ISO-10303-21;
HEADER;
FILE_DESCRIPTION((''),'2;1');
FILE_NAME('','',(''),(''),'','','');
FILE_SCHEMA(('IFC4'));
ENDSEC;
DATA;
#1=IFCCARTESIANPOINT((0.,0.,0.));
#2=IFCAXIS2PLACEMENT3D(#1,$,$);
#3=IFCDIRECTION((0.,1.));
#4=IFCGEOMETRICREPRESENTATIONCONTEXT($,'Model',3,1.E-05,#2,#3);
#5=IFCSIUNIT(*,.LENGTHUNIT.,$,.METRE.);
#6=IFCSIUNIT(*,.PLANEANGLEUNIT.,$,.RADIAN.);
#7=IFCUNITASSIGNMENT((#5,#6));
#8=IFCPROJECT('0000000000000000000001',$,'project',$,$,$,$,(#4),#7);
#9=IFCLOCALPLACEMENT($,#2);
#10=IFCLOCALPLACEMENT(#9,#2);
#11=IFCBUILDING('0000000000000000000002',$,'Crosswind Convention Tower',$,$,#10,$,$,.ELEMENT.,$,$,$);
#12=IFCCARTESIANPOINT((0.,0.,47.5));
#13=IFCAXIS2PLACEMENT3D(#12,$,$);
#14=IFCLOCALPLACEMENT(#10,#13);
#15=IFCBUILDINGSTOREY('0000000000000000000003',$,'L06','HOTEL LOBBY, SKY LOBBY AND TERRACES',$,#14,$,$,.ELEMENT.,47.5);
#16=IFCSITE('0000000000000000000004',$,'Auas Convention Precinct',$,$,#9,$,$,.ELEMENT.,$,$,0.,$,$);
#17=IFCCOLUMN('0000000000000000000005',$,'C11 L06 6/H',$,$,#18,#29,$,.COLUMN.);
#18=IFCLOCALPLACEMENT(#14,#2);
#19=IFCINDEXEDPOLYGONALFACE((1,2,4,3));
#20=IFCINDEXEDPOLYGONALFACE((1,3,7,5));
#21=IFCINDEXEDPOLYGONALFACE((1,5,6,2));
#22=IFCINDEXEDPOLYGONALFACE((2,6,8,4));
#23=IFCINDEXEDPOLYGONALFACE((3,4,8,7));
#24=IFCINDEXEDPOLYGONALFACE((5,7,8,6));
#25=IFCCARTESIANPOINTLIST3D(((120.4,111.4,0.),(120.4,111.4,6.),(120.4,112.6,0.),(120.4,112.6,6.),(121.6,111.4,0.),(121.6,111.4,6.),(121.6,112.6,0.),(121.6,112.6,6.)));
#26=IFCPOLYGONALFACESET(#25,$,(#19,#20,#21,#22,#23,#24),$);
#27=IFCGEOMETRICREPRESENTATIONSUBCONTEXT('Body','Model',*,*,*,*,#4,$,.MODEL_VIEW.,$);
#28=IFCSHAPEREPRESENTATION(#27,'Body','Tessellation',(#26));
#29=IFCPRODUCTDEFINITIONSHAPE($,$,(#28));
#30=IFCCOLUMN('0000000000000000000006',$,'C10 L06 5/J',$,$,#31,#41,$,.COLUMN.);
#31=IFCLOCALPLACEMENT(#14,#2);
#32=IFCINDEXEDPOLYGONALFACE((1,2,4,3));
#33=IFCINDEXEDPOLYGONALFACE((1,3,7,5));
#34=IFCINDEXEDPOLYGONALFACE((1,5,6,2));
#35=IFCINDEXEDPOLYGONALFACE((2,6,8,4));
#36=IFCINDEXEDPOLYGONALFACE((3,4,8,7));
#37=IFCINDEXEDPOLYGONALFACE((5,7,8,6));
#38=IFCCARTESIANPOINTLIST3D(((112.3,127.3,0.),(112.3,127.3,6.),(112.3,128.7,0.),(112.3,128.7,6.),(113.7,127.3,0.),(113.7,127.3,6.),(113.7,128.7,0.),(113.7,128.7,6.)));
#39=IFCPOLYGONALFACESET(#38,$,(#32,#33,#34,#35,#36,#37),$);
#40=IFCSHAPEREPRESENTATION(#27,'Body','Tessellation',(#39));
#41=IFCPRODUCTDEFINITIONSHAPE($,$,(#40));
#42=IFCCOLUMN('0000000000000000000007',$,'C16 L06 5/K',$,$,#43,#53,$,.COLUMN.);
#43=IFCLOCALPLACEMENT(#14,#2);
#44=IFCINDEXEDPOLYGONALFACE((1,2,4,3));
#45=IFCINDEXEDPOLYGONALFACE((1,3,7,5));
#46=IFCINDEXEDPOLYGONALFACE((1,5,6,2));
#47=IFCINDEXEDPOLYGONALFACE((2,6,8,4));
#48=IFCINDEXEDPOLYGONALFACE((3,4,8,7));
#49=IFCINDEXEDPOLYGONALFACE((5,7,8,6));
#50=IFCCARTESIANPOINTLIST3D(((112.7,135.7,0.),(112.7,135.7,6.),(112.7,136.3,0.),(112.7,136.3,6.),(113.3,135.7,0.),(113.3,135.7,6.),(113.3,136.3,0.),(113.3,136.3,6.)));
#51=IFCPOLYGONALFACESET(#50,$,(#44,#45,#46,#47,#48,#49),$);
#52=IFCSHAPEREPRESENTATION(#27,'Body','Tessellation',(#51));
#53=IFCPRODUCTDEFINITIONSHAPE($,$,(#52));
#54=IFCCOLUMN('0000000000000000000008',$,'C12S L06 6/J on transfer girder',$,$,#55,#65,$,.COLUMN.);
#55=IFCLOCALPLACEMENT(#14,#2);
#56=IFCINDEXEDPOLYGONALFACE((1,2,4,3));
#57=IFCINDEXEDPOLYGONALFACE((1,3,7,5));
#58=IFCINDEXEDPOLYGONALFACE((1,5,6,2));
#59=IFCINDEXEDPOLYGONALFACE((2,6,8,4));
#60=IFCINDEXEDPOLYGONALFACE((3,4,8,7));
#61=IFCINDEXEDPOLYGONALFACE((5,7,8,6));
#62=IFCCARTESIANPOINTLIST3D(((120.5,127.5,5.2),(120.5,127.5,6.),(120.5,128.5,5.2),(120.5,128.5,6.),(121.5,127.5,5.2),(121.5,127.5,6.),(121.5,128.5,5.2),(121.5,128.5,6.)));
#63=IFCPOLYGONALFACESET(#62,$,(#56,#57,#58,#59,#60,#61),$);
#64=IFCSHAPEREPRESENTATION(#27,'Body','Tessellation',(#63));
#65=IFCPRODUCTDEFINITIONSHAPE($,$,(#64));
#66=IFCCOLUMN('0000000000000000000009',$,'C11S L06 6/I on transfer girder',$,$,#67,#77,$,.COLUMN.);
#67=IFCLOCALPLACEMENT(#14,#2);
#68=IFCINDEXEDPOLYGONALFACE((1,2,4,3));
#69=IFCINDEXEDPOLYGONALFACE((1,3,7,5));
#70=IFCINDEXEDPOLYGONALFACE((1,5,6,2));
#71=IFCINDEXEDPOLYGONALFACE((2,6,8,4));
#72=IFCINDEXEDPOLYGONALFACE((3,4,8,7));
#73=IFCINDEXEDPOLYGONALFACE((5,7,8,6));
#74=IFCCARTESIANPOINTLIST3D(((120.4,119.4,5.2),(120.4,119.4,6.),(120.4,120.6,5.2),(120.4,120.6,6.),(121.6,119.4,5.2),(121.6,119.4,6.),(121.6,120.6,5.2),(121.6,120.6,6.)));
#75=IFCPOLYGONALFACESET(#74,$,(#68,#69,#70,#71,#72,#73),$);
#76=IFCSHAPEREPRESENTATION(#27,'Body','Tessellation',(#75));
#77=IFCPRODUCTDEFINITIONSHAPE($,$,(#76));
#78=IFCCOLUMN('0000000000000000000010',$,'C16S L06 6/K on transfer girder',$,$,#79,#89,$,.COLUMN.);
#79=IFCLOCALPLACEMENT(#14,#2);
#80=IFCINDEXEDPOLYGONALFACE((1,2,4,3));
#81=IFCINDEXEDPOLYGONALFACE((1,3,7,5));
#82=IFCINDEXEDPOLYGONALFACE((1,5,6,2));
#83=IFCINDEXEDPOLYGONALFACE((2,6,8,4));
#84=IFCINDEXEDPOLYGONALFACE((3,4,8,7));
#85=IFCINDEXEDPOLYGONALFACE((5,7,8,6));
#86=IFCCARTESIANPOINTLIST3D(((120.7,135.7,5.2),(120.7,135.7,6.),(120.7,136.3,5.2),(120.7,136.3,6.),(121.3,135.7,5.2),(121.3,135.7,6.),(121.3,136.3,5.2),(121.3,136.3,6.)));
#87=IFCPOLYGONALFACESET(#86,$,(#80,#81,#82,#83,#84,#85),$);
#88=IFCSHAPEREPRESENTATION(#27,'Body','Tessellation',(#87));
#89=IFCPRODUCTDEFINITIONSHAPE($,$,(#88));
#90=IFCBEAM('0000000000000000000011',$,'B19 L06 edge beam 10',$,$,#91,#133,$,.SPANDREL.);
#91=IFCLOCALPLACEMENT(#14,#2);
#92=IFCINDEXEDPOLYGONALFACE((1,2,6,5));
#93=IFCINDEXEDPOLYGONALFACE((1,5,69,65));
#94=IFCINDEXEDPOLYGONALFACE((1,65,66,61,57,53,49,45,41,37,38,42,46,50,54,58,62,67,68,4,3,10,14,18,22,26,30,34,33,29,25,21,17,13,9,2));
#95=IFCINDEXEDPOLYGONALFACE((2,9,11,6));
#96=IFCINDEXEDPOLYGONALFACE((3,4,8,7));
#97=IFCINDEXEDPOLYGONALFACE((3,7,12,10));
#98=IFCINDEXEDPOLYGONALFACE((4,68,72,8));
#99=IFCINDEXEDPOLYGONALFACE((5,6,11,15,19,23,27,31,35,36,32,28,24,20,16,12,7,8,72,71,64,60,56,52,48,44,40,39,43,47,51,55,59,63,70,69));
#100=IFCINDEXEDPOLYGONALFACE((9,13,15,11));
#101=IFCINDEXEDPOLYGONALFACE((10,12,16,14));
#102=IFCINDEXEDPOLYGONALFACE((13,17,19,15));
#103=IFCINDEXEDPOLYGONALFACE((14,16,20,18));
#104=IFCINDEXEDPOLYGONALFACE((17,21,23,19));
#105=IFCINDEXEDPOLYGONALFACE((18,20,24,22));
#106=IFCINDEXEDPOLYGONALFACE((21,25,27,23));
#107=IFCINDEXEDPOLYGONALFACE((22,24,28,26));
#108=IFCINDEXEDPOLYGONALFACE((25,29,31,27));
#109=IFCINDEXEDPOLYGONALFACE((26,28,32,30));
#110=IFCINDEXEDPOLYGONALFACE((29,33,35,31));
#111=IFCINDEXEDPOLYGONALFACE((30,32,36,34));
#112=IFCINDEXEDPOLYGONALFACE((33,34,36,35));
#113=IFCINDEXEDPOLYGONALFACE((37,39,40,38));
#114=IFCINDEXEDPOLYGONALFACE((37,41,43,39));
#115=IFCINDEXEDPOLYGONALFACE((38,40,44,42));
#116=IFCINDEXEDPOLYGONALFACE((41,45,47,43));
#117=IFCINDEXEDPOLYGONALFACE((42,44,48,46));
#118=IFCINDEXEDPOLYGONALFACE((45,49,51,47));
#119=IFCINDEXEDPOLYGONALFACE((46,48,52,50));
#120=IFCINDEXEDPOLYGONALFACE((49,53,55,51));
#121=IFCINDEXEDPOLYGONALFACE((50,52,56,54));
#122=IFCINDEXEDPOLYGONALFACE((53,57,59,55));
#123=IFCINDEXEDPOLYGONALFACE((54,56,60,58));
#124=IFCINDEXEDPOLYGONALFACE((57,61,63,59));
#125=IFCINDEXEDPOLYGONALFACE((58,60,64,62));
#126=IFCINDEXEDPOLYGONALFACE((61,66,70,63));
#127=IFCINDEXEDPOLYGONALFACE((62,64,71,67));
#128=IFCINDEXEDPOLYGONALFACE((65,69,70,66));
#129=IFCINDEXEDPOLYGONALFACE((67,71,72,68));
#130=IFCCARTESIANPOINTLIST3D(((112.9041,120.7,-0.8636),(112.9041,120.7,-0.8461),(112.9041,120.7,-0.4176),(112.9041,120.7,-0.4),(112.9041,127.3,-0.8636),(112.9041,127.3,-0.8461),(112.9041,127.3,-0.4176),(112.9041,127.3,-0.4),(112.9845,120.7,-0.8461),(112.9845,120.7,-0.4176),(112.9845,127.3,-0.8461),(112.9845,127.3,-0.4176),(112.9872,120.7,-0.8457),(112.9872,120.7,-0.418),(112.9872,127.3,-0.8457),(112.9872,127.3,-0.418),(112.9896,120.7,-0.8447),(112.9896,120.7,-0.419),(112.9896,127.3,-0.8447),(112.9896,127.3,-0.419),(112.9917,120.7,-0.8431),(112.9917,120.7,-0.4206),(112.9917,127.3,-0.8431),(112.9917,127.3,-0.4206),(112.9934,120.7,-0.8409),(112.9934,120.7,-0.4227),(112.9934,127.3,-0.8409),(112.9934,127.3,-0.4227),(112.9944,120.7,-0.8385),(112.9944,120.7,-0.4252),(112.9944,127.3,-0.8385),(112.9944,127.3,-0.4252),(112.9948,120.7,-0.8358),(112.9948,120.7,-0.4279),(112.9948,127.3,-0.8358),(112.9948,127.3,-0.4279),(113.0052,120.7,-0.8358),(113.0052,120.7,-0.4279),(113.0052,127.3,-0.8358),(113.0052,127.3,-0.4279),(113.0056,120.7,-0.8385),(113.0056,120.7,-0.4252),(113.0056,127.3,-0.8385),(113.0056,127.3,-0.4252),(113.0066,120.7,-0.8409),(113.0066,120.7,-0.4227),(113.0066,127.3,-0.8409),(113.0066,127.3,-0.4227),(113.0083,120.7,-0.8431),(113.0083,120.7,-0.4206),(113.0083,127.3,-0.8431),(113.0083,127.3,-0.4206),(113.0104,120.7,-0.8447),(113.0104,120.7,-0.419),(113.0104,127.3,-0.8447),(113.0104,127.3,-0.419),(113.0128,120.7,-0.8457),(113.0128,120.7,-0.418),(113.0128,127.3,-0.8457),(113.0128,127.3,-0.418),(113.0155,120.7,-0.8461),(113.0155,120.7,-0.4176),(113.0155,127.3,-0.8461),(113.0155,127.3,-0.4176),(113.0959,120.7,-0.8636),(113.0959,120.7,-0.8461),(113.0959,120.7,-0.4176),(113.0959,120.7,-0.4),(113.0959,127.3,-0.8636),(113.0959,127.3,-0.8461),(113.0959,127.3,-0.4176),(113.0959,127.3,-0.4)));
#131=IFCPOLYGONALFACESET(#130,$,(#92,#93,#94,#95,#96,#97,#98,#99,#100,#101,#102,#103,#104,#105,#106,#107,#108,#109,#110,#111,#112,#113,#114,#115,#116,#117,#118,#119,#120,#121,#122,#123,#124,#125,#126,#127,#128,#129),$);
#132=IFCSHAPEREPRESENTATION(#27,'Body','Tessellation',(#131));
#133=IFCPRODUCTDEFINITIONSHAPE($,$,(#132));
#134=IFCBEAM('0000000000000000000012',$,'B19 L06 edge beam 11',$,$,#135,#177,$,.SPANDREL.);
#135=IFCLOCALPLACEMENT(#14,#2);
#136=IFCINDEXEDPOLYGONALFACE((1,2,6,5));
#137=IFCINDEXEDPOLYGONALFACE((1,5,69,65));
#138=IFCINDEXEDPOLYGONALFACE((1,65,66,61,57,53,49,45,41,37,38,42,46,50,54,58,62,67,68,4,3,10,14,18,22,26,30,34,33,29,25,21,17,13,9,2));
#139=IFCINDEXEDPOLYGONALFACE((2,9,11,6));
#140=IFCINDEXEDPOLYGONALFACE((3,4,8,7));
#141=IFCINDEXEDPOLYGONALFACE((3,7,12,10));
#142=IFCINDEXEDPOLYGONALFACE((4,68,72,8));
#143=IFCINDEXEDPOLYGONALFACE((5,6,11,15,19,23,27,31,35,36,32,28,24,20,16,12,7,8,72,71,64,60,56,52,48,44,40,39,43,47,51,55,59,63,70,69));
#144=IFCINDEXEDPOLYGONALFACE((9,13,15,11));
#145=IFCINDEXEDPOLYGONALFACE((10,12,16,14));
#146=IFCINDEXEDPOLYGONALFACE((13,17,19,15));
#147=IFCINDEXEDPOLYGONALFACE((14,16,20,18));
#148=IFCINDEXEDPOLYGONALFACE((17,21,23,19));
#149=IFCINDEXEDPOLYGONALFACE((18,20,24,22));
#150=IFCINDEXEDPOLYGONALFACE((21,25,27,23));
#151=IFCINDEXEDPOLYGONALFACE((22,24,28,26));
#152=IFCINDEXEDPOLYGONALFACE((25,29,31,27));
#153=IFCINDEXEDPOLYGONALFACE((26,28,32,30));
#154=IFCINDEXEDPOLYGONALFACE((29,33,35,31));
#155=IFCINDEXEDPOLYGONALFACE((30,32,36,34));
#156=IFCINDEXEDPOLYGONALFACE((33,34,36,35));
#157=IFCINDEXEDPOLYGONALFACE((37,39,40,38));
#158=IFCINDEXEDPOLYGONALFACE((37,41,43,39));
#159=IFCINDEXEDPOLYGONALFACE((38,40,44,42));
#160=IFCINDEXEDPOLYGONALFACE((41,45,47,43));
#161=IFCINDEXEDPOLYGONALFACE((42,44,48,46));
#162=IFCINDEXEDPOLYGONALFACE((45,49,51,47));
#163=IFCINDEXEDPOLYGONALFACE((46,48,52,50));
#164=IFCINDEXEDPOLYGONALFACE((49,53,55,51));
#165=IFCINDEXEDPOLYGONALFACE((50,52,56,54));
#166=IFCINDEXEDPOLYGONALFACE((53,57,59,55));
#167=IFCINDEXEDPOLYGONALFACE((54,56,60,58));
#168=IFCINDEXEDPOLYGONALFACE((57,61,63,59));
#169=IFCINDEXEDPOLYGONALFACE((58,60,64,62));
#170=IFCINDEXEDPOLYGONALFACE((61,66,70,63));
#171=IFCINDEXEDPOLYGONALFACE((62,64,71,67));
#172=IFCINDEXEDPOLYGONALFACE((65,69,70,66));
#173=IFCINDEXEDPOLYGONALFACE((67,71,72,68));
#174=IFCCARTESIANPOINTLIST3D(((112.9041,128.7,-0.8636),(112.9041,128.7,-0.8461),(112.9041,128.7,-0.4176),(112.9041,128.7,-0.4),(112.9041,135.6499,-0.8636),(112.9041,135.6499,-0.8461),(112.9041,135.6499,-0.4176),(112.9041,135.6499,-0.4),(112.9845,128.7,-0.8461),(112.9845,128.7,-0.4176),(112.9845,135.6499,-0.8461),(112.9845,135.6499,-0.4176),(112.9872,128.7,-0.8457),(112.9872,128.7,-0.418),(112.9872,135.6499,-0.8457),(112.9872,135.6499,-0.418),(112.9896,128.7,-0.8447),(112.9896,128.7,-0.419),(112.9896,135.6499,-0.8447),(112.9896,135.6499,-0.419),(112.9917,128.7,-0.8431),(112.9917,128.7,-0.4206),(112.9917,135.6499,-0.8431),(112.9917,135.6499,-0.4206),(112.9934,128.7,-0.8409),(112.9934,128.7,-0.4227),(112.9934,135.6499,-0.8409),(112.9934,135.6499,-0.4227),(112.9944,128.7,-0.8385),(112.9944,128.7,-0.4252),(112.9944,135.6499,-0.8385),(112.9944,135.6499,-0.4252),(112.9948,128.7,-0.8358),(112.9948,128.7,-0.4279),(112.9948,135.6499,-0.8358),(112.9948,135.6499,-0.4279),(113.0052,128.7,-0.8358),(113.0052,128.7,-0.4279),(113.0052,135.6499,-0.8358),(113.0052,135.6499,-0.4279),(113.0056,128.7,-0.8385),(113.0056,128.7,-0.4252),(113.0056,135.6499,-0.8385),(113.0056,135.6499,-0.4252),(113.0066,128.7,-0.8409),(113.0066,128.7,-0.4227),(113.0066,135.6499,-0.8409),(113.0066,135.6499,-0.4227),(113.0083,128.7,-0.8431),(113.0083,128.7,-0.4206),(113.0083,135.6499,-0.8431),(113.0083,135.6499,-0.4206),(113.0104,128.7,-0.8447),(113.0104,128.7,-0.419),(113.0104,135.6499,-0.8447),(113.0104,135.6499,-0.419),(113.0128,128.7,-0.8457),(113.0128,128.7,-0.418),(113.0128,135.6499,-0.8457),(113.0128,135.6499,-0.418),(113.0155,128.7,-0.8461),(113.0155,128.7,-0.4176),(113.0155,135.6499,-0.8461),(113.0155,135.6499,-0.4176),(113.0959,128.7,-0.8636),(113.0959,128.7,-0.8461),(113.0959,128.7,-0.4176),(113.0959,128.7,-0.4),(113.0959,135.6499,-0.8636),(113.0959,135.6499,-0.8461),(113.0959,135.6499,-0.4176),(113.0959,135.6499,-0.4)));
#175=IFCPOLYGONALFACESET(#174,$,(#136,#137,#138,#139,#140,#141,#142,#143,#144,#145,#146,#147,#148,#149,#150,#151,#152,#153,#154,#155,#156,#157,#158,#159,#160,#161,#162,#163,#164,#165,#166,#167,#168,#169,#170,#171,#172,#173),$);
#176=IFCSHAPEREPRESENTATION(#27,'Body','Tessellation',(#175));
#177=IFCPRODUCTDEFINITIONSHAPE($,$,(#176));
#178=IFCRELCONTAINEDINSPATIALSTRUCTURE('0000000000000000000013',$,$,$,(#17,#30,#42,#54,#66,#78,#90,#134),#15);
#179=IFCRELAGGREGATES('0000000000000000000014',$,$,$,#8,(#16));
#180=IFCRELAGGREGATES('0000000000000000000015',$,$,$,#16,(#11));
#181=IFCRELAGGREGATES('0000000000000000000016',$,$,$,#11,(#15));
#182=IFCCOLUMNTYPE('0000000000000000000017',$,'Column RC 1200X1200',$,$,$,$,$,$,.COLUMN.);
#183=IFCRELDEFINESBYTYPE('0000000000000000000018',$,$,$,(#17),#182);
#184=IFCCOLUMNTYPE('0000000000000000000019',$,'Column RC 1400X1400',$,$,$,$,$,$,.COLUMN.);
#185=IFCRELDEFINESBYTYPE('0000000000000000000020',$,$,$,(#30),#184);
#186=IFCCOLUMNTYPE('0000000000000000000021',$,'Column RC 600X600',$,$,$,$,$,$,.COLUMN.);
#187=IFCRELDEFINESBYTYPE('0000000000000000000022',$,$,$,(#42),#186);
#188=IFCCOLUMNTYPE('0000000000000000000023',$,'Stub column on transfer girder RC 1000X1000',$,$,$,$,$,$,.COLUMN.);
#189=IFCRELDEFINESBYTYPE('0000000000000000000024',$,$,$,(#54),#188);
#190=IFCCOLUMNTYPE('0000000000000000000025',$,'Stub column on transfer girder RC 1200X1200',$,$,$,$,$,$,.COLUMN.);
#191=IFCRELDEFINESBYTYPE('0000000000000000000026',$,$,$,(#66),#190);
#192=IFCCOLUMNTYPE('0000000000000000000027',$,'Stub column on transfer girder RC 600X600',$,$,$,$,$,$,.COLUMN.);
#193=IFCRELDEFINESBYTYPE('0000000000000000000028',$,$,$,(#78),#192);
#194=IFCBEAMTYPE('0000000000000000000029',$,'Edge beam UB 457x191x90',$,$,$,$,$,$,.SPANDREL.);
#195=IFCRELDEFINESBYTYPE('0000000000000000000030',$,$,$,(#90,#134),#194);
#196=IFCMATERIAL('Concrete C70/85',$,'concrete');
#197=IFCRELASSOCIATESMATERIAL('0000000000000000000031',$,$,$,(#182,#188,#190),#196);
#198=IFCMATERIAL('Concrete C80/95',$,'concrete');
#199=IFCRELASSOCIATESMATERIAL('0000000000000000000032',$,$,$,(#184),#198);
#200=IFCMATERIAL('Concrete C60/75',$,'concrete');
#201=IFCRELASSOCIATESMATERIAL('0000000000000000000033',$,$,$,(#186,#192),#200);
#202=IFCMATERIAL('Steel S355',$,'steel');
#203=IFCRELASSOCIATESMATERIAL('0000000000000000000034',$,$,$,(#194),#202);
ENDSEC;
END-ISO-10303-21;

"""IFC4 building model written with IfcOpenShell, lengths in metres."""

from ifc_helpers import new_model, si_unit, direction, frame, origin, origin_2d, place, context, subcontext, project, spatial, rectangle, i_section, extrude, material, material_profile, profile_set, type_object, element, save


model = new_model("IFC4")

# Units and contexts
model_context = context("Model", 3, precision=1e-05, world=origin(), true_north=direction((0.0, 1.0)))
body_context = subcontext(model_context, "Body", "Model", "MODEL_VIEW")
ifc_project = project(units=[si_unit("LENGTHUNIT", "METRE"), si_unit("PLANEANGLEUNIT", "RADIAN")], contexts=[model_context])

# Site, building, storey
site_placement = place(None, origin())
site = spatial("IfcSite", under=ifc_project, at=site_placement, Name="Auas Convention Precinct", CompositionType="ELEMENT", RefElevation=0.0)
building_placement = place(site_placement, origin())
building = spatial("IfcBuilding", under=site, at=building_placement, Name="Crosswind Convention Tower", CompositionType="ELEMENT")
storey_placement = place(building_placement, frame((0.0, 0.0, 47.5)))
storey = spatial("IfcBuildingStorey", under=building, at=storey_placement, Name="L06", Description="HOTEL LOBBY, SKY LOBBY AND TERRACES", CompositionType="ELEMENT", Elevation=47.5)

# Columns
ifc_material_1 = material(Name="Concrete C70/85", Category="concrete")
ifc_material_profile_1 = material_profile(ifc_material_1, rectangle(XDim=1.2, YDim=1.2, at=origin_2d()), Name="RC 1200X1200")
ifc_profile_set_1 = profile_set([ifc_material_profile_1], Name="Concrete C70/85")
column_type_1 = type_object("IfcColumnType", Name="Column RC 1200X1200", PredefinedType="COLUMN", material=ifc_profile_set_1)
column_1_placement = place(storey_placement, frame((121.0, 112.0, 0.0), z_axis=(0.0, 0.0, 1.0), x_axis=(1.0, 0.0, 0.0)))
element("IfcColumn", 1, at=column_1_placement, inside=storey, type_object=column_type_1, Name="C11 L06 6/H", PredefinedType="COLUMN", context=body_context, shape_type="SweptSolid", body=[
    extrude(rectangle(XDim=1.2, YDim=1.2, at=origin_2d()), origin(), (0.0, 0.0, 1.0), 6.0),
])
ifc_material_2 = material(Name="Concrete C80/95", Category="concrete")
ifc_material_profile_2 = material_profile(ifc_material_2, rectangle(XDim=1.3999, YDim=1.3999, at=origin_2d()), Name="RC 1400X1400")
ifc_profile_set_2 = profile_set([ifc_material_profile_2], Name="Concrete C80/95")
column_type_2 = type_object("IfcColumnType", Name="Column RC 1400X1400", PredefinedType="COLUMN", material=ifc_profile_set_2)
column_2_placement = place(storey_placement, frame((113.0, 128.0, 0.0), z_axis=(0.0, 0.0, 1.0), x_axis=(1.0, 0.0, 0.0)))
element("IfcColumn", 2, at=column_2_placement, inside=storey, type_object=column_type_2, Name="C10 L06 5/J", PredefinedType="COLUMN", context=body_context, shape_type="SweptSolid", body=[
    extrude(rectangle(XDim=1.3999, YDim=1.3999, at=origin_2d()), origin(), (0.0, 0.0, 1.0), 6.0),
])
ifc_material_3 = material(Name="Concrete C60/75", Category="concrete")
ifc_material_profile_3 = material_profile(ifc_material_3, rectangle(XDim=0.6001, YDim=0.6001, at=origin_2d()), Name="RC 600X600")
ifc_profile_set_3 = profile_set([ifc_material_profile_3], Name="Concrete C60/75")
column_type_3 = type_object("IfcColumnType", Name="Column RC 600X600", PredefinedType="COLUMN", material=ifc_profile_set_3)
column_3_placement = place(storey_placement, frame((113.0, 136.0, 0.0), z_axis=(0.0, 0.0, 1.0), x_axis=(1.0, 0.0, 0.0)))
element("IfcColumn", 3, at=column_3_placement, inside=storey, type_object=column_type_3, Name="C16 L06 5/K", PredefinedType="COLUMN", context=body_context, shape_type="SweptSolid", body=[
    extrude(rectangle(XDim=0.6001, YDim=0.6001, at=origin_2d()), origin(), (0.0, 0.0, 1.0), 6.0),
])
ifc_material_profile_4 = material_profile(ifc_material_1, rectangle(XDim=1.0, YDim=1.0, at=origin_2d()), Name="RC 1000X1000")
ifc_profile_set_4 = profile_set([ifc_material_profile_4], Name="Concrete C70/85")
column_type_4 = type_object("IfcColumnType", Name="Stub column on transfer girder RC 1000X1000", PredefinedType="COLUMN", material=ifc_profile_set_4)
column_4_placement = place(storey_placement, frame((121.0, 128.0, 5.2), z_axis=(0.0, 0.0, 1.0), x_axis=(1.0, 0.0, 0.0)))
element("IfcColumn", 4, at=column_4_placement, inside=storey, type_object=column_type_4, Name="C12S L06 6/J on transfer girder", PredefinedType="COLUMN", context=body_context, shape_type="SweptSolid", body=[
    extrude(rectangle(XDim=1.0, YDim=1.0, at=origin_2d()), origin(), (0.0, 0.0, 1.0), 0.8),
])
ifc_material_profile_5 = material_profile(ifc_material_1, rectangle(XDim=1.2, YDim=1.2, at=origin_2d()), Name="RC 1200X1200")
ifc_profile_set_5 = profile_set([ifc_material_profile_5], Name="Concrete C70/85")
column_type_5 = type_object("IfcColumnType", Name="Stub column on transfer girder RC 1200X1200", PredefinedType="COLUMN", material=ifc_profile_set_5)
column_5_placement = place(storey_placement, frame((121.0, 120.0, 5.2), z_axis=(0.0, 0.0, 1.0), x_axis=(1.0, 0.0, 0.0)))
element("IfcColumn", 5, at=column_5_placement, inside=storey, type_object=column_type_5, Name="C11S L06 6/I on transfer girder", PredefinedType="COLUMN", context=body_context, shape_type="SweptSolid", body=[
    extrude(rectangle(XDim=1.2, YDim=1.2, at=origin_2d()), origin(), (0.0, 0.0, 1.0), 0.8),
])
ifc_material_profile_6 = material_profile(ifc_material_3, rectangle(XDim=0.6001, YDim=0.6001, at=origin_2d()), Name="RC 600X600")
ifc_profile_set_6 = profile_set([ifc_material_profile_6], Name="Concrete C60/75")
column_type_6 = type_object("IfcColumnType", Name="Stub column on transfer girder RC 600X600", PredefinedType="COLUMN", material=ifc_profile_set_6)
column_6_placement = place(storey_placement, frame((121.0, 136.0, 5.2), z_axis=(0.0, 0.0, 1.0), x_axis=(1.0, 0.0, 0.0)))
element("IfcColumn", 6, at=column_6_placement, inside=storey, type_object=column_type_6, Name="C16S L06 6/K on transfer girder", PredefinedType="COLUMN", context=body_context, shape_type="SweptSolid", body=[
    extrude(rectangle(XDim=0.6001, YDim=0.6001, at=origin_2d()), origin(), (0.0, 0.0, 1.0), 0.8),
])

# Beams
ifc_material_4 = material(Name="Steel S355", Category="steel")
ifc_material_profile_7 = material_profile(ifc_material_4, i_section(OverallWidth=0.1919, OverallDepth=0.4636, WebThickness=0.0105, FlangeThickness=0.0176, FilletRadius=0.0103, at=origin_2d()), Name="UB 457x191x90")
ifc_profile_set_7 = profile_set([ifc_material_profile_7], Name="Steel S355")
beam_type_1 = type_object("IfcBeamType", Name="Edge beam UB 457x191x90", PredefinedType="SPANDREL", material=ifc_profile_set_7)
beam_1_placement = place(storey_placement, frame((113.0, 120.7, -0.6318), z_axis=(0.0, 1.0, 0.0), x_axis=(-1.0, 0.0, 0.0)))
element("IfcBeam", 7, at=beam_1_placement, inside=storey, type_object=beam_type_1, Name="B19 L06 edge beam 10", PredefinedType="SPANDREL", context=body_context, shape_type="SweptSolid", body=[
    extrude(i_section(OverallWidth=0.1919, OverallDepth=0.4636, WebThickness=0.0105, FlangeThickness=0.0176, FilletRadius=0.0103, at=origin_2d()), origin(), (0.0, 0.0, 1.0), 6.6001),
])
beam_2_placement = place(storey_placement, frame((113.0, 128.7, -0.6318), z_axis=(0.0, 1.0, 0.0), x_axis=(-1.0, 0.0, 0.0)))
element("IfcBeam", 8, at=beam_2_placement, inside=storey, type_object=beam_type_1, Name="B19 L06 edge beam 11", PredefinedType="SPANDREL", context=body_context, shape_type="SweptSolid", body=[
    extrude(i_section(OverallWidth=0.1919, OverallDepth=0.4636, WebThickness=0.0105, FlangeThickness=0.0176, FilletRadius=0.0103, at=origin_2d()), origin(), (0.0, 0.0, 1.0), 6.95),
])

save(model, "model.ifc")
